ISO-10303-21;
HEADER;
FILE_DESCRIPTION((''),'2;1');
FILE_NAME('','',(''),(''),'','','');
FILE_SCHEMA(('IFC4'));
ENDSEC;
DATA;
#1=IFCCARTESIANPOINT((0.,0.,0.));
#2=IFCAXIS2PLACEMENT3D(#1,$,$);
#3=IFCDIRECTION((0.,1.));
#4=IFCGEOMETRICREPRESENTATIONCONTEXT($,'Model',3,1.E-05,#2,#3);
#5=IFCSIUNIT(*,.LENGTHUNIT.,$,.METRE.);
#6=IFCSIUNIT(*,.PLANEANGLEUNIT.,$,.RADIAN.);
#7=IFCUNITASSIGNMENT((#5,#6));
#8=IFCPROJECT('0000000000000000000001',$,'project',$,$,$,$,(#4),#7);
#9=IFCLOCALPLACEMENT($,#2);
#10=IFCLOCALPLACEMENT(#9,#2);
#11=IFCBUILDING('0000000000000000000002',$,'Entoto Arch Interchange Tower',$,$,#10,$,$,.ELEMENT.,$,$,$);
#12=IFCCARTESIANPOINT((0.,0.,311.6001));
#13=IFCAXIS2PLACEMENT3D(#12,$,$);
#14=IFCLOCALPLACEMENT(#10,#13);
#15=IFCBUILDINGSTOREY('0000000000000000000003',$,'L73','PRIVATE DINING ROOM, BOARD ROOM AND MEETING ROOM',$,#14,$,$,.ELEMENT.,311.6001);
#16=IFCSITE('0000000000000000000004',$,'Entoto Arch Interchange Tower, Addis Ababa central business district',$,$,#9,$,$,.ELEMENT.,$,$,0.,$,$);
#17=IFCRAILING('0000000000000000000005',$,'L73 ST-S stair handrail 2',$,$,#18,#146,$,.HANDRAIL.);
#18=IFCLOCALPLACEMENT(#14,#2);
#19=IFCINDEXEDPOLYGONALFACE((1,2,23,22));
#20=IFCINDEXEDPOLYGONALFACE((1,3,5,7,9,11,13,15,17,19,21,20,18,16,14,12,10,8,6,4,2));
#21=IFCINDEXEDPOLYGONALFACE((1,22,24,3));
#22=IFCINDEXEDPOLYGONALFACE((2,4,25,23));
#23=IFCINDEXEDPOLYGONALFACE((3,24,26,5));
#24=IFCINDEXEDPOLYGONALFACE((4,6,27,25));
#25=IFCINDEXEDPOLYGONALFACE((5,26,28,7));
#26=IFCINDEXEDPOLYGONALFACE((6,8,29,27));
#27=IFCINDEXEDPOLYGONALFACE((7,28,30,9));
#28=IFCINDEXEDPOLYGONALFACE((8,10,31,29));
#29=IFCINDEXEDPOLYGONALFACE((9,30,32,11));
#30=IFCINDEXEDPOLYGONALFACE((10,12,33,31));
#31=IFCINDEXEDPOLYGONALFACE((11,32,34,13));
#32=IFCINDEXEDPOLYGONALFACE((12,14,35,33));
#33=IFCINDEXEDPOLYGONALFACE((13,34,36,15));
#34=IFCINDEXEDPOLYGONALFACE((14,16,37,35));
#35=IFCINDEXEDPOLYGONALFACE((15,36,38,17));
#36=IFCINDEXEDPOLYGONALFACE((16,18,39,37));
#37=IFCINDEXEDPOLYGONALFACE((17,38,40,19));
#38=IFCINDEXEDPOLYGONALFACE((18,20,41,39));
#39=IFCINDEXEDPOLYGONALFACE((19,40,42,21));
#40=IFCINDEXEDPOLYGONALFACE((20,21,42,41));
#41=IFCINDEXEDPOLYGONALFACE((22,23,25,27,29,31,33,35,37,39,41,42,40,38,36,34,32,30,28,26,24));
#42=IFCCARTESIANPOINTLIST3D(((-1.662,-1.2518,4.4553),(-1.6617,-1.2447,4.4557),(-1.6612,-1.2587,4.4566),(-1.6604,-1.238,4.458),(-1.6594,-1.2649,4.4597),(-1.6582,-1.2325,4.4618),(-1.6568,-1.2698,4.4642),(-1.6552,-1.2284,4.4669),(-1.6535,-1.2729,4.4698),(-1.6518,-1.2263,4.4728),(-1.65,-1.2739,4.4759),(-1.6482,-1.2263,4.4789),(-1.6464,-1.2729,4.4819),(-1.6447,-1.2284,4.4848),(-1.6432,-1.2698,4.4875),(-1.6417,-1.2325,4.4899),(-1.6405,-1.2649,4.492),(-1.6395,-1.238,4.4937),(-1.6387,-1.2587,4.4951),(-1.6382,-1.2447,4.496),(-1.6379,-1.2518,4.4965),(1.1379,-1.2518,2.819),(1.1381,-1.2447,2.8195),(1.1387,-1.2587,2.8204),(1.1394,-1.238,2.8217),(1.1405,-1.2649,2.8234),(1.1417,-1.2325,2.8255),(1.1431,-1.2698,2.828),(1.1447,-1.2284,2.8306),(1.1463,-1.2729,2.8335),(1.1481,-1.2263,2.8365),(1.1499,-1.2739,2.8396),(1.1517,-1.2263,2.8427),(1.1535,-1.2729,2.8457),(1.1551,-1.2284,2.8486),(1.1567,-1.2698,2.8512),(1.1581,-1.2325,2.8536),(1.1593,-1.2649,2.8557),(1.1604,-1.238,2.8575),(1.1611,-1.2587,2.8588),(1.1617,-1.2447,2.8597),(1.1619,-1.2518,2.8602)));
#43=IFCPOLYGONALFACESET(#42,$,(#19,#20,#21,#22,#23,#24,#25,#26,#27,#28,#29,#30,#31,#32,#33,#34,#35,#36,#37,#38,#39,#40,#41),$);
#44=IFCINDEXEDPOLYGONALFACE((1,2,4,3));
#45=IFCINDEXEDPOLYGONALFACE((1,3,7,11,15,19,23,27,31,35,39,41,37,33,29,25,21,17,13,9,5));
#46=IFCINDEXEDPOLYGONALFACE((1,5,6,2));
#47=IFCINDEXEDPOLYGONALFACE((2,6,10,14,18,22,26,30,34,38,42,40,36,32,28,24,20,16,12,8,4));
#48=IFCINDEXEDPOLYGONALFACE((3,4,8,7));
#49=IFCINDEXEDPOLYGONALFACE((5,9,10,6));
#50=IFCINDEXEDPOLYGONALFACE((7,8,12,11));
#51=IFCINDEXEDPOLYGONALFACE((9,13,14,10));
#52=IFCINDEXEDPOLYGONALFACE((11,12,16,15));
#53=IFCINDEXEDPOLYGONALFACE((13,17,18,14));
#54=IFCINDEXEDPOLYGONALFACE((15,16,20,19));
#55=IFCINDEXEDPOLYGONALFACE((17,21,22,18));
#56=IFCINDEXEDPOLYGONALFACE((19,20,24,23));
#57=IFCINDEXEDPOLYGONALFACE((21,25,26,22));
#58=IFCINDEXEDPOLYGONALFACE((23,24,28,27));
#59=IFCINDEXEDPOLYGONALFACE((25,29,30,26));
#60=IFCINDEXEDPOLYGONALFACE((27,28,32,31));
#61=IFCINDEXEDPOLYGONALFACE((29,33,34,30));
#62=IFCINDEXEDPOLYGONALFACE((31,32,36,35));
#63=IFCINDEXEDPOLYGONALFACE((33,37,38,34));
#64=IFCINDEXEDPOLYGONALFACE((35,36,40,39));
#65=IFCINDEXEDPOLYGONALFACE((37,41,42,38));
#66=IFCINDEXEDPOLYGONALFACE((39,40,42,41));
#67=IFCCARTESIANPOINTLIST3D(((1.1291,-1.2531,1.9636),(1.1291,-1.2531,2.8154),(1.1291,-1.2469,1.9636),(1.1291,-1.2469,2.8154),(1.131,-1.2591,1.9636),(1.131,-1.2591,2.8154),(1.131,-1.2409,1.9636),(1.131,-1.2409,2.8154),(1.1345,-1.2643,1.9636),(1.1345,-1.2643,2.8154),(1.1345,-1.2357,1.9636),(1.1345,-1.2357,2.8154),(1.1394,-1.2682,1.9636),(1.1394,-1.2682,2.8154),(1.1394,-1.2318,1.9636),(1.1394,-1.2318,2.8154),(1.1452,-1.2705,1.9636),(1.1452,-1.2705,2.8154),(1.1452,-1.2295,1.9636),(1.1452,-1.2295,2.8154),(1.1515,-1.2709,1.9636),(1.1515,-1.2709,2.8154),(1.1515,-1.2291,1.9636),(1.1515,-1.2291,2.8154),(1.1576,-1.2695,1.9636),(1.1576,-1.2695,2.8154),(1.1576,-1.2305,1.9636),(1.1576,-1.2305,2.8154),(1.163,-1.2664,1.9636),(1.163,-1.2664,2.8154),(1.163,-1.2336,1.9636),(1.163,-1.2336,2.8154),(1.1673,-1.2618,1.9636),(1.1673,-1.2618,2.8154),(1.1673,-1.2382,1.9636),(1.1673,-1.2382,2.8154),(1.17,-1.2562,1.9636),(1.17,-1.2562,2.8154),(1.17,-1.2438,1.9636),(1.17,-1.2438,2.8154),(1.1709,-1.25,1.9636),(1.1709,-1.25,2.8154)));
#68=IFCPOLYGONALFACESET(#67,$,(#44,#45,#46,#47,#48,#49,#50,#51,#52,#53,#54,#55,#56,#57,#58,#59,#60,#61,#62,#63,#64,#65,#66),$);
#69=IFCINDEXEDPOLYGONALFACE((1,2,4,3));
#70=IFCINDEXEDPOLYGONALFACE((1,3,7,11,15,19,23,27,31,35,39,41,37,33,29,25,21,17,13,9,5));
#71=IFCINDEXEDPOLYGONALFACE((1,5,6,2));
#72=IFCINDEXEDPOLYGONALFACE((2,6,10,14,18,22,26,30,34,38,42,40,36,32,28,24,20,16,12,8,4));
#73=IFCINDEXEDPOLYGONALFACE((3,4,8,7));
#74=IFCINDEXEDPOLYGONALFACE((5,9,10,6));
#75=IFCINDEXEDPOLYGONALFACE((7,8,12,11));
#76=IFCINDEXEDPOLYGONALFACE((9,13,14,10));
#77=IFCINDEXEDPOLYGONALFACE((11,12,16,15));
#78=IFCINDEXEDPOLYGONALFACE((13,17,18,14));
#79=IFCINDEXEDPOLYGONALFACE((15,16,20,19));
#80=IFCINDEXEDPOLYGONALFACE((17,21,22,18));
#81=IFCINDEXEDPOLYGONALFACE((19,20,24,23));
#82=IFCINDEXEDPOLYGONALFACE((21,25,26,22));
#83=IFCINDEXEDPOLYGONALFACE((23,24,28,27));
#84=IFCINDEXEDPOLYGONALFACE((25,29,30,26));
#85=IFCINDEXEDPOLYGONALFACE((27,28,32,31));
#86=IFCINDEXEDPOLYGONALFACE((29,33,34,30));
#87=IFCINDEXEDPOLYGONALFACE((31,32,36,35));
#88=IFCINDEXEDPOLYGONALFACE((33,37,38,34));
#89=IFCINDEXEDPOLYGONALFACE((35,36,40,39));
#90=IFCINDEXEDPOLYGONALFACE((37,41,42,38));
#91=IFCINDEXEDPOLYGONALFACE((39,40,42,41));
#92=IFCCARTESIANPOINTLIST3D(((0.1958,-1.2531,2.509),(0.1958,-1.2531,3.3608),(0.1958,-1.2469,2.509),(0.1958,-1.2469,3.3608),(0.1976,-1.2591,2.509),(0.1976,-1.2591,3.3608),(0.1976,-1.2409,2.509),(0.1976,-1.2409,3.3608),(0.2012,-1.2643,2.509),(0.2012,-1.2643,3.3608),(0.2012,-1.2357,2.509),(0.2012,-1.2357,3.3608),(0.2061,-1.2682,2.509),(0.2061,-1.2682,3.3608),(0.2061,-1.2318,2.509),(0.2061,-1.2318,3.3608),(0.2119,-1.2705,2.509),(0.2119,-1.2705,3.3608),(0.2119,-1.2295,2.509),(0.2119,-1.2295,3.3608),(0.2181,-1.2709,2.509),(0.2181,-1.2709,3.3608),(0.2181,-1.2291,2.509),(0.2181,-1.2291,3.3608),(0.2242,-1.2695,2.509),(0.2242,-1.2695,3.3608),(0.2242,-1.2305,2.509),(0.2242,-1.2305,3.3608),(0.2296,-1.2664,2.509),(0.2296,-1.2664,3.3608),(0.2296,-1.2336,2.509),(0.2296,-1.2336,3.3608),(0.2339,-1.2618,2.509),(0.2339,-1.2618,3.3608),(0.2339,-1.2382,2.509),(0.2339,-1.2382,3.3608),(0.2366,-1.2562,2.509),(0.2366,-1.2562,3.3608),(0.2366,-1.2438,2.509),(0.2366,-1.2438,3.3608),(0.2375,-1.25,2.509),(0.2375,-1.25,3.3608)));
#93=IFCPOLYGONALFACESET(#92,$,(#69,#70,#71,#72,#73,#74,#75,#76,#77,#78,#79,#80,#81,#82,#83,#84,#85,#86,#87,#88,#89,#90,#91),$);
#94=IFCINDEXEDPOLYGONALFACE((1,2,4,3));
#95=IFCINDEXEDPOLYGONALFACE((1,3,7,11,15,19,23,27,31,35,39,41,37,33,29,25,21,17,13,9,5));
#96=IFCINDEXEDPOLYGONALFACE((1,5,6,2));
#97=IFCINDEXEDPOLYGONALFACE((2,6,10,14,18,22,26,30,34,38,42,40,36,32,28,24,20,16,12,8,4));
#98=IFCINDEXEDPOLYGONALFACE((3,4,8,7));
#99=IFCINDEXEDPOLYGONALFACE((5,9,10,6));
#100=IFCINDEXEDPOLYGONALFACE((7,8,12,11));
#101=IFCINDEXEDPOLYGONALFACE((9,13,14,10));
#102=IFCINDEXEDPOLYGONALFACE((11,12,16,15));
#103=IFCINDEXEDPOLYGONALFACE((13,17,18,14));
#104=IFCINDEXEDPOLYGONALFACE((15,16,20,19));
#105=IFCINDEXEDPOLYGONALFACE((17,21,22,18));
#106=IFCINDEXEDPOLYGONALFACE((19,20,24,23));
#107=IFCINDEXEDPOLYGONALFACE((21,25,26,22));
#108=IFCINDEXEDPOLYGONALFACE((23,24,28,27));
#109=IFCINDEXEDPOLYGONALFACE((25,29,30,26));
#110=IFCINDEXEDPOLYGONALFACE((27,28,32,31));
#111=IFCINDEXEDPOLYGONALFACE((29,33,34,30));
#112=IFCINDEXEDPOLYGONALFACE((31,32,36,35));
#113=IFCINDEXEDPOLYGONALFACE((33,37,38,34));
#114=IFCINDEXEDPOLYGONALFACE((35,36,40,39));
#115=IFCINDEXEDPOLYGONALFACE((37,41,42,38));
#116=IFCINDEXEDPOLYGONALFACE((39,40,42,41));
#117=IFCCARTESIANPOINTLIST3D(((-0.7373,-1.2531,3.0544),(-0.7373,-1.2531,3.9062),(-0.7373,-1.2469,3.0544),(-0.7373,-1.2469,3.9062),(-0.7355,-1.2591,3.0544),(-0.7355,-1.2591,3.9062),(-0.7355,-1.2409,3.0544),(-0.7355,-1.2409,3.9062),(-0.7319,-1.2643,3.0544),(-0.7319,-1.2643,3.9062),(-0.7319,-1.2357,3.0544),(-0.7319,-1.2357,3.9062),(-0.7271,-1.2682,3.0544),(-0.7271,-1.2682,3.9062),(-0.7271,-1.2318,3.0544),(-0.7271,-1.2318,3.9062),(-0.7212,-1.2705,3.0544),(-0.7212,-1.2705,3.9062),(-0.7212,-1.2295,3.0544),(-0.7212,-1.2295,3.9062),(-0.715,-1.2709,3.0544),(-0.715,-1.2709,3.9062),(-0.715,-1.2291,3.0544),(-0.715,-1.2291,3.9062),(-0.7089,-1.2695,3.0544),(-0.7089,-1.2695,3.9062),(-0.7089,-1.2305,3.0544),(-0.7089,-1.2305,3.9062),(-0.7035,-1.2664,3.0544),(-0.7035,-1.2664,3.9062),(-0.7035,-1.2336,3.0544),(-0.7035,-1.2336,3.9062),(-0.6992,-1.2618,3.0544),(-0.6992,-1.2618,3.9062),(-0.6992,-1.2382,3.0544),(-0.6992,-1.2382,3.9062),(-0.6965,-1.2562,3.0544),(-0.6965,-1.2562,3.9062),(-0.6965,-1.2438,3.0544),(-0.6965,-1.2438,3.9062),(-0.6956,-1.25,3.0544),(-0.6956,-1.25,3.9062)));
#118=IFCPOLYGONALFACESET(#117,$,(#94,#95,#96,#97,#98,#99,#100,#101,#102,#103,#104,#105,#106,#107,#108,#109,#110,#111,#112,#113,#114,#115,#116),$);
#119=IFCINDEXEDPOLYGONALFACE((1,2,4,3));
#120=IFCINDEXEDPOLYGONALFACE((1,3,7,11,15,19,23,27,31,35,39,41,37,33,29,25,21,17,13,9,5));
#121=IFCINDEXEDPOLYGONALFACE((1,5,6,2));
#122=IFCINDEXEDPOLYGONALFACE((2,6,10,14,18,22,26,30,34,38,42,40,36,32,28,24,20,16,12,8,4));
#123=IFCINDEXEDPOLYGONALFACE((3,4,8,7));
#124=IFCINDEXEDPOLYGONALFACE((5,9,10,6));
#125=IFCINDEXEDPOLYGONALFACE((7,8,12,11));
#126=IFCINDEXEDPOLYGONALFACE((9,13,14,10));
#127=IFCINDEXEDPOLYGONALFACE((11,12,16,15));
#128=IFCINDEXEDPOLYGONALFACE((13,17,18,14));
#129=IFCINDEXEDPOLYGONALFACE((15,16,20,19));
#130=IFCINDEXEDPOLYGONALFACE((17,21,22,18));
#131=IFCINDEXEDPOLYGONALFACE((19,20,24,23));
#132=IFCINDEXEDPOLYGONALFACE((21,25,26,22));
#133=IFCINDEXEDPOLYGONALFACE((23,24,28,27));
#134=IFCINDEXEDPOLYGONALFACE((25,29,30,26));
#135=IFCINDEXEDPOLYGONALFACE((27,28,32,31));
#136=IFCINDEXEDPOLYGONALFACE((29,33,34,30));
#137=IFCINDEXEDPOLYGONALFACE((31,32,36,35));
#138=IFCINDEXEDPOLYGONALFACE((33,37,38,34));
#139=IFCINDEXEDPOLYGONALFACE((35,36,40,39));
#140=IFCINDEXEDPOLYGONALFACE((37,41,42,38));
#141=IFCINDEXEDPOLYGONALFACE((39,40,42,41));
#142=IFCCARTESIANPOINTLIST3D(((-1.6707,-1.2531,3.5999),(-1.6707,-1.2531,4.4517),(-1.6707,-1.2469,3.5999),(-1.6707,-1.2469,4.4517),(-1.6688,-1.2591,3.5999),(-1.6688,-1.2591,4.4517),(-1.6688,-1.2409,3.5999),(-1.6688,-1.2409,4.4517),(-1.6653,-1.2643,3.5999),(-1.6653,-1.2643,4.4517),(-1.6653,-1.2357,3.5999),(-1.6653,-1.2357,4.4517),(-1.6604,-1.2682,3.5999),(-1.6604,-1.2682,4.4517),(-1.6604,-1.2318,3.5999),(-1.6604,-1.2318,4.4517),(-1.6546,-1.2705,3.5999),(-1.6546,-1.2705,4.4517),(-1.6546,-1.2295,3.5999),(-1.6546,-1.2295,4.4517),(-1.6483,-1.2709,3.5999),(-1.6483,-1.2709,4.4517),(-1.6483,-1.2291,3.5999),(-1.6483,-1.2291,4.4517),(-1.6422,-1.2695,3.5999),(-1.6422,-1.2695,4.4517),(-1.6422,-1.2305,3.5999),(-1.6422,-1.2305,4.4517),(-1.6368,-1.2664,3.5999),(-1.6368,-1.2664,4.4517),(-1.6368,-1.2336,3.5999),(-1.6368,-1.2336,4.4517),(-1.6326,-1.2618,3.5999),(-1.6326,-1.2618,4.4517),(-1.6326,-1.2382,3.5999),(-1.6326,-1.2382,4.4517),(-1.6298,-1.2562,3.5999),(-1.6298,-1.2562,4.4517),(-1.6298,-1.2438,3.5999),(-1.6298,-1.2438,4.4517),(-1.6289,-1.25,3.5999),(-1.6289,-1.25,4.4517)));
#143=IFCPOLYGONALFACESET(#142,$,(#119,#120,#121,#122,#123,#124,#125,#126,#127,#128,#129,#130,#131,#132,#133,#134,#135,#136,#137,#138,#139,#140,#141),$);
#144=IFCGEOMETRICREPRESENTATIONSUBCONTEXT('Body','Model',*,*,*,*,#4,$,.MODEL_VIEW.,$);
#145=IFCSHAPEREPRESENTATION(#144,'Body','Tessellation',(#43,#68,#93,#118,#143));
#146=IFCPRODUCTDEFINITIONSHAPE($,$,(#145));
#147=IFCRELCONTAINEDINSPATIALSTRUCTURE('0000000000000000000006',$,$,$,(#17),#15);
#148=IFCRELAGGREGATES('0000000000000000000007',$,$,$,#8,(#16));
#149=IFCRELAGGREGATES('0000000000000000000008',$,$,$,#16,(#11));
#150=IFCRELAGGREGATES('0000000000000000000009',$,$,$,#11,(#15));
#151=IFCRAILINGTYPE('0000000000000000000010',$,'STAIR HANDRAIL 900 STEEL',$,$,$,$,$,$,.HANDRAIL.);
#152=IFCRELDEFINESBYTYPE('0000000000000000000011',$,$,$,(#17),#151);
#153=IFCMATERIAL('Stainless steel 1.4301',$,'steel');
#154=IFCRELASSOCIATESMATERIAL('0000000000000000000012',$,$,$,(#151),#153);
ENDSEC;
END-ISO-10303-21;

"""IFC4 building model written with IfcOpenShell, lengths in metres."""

from ifc_helpers import new_model, si_unit, direction, frame, origin, origin_2d, place, context, subcontext, project, spatial, circle, extrude, material, type_object, element, save


model = new_model("IFC4")

# Units and contexts
model_context = context("Model", 3, precision=1e-05, world=origin(), true_north=direction((0.0, 1.0)))
body_context = subcontext(model_context, "Body", "Model", "MODEL_VIEW")
ifc_project = project(units=[si_unit("LENGTHUNIT", "METRE"), si_unit("PLANEANGLEUNIT", "RADIAN")], contexts=[model_context])

# Site, building, storey
site_placement = place(None, origin())
site = spatial("IfcSite", under=ifc_project, at=site_placement, Name="Entoto Arch Interchange Tower, Addis Ababa central business district", CompositionType="ELEMENT", RefElevation=0.0)
building_placement = place(site_placement, origin())
building = spatial("IfcBuilding", under=site, at=building_placement, Name="Entoto Arch Interchange Tower", CompositionType="ELEMENT")
storey_placement = place(building_placement, frame((0.0, 0.0, 311.6001)))
storey = spatial("IfcBuildingStorey", under=building, at=storey_placement, Name="L73", Description="PRIVATE DINING ROOM, BOARD ROOM AND MEETING ROOM", CompositionType="ELEMENT", Elevation=311.6001)

# Railing
ifc_material_1 = material(Name="Stainless steel 1.4301", Category="steel")
railing_type_1 = type_object("IfcRailingType", Name="STAIR HANDRAIL 900 STEEL", PredefinedType="HANDRAIL", material=ifc_material_1)
railing_1_placement = place(storey_placement, frame((1.1499, -1.25, 1.9636)))
element("IfcRailing", 1, at=railing_1_placement, inside=storey, type_object=railing_type_1, Name="L73 ST-S stair handrail 2", PredefinedType="HANDRAIL", context=body_context, shape_type="SweptSolid", body=[
    extrude(circle(Radius=0.0239, at=origin_2d()), frame((0.0, 0.0, 0.876), z_axis=(-0.863374, 0.0, 0.504564), x_axis=(0.0, -1.0, 0.0)), (0.0, 0.0, 1.0), 3.2429),
    extrude(circle(Radius=0.021, at=origin_2d()), origin(), (0.0, 0.0, 1.0), 0.8518),
    extrude(circle(Radius=0.021, at=origin_2d()), frame((-0.9333, 0.0, 0.5454)), (0.0, 0.0, 1.0), 0.8518),
    extrude(circle(Radius=0.021, at=origin_2d()), frame((-1.8665, 0.0, 1.0908)), (0.0, 0.0, 1.0), 0.8518),
    extrude(circle(Radius=0.021, at=origin_2d()), frame((-2.7998, 0.0, 1.6362)), (0.0, 0.0, 1.0), 0.8518),
])

save(model, "model.ifc")
